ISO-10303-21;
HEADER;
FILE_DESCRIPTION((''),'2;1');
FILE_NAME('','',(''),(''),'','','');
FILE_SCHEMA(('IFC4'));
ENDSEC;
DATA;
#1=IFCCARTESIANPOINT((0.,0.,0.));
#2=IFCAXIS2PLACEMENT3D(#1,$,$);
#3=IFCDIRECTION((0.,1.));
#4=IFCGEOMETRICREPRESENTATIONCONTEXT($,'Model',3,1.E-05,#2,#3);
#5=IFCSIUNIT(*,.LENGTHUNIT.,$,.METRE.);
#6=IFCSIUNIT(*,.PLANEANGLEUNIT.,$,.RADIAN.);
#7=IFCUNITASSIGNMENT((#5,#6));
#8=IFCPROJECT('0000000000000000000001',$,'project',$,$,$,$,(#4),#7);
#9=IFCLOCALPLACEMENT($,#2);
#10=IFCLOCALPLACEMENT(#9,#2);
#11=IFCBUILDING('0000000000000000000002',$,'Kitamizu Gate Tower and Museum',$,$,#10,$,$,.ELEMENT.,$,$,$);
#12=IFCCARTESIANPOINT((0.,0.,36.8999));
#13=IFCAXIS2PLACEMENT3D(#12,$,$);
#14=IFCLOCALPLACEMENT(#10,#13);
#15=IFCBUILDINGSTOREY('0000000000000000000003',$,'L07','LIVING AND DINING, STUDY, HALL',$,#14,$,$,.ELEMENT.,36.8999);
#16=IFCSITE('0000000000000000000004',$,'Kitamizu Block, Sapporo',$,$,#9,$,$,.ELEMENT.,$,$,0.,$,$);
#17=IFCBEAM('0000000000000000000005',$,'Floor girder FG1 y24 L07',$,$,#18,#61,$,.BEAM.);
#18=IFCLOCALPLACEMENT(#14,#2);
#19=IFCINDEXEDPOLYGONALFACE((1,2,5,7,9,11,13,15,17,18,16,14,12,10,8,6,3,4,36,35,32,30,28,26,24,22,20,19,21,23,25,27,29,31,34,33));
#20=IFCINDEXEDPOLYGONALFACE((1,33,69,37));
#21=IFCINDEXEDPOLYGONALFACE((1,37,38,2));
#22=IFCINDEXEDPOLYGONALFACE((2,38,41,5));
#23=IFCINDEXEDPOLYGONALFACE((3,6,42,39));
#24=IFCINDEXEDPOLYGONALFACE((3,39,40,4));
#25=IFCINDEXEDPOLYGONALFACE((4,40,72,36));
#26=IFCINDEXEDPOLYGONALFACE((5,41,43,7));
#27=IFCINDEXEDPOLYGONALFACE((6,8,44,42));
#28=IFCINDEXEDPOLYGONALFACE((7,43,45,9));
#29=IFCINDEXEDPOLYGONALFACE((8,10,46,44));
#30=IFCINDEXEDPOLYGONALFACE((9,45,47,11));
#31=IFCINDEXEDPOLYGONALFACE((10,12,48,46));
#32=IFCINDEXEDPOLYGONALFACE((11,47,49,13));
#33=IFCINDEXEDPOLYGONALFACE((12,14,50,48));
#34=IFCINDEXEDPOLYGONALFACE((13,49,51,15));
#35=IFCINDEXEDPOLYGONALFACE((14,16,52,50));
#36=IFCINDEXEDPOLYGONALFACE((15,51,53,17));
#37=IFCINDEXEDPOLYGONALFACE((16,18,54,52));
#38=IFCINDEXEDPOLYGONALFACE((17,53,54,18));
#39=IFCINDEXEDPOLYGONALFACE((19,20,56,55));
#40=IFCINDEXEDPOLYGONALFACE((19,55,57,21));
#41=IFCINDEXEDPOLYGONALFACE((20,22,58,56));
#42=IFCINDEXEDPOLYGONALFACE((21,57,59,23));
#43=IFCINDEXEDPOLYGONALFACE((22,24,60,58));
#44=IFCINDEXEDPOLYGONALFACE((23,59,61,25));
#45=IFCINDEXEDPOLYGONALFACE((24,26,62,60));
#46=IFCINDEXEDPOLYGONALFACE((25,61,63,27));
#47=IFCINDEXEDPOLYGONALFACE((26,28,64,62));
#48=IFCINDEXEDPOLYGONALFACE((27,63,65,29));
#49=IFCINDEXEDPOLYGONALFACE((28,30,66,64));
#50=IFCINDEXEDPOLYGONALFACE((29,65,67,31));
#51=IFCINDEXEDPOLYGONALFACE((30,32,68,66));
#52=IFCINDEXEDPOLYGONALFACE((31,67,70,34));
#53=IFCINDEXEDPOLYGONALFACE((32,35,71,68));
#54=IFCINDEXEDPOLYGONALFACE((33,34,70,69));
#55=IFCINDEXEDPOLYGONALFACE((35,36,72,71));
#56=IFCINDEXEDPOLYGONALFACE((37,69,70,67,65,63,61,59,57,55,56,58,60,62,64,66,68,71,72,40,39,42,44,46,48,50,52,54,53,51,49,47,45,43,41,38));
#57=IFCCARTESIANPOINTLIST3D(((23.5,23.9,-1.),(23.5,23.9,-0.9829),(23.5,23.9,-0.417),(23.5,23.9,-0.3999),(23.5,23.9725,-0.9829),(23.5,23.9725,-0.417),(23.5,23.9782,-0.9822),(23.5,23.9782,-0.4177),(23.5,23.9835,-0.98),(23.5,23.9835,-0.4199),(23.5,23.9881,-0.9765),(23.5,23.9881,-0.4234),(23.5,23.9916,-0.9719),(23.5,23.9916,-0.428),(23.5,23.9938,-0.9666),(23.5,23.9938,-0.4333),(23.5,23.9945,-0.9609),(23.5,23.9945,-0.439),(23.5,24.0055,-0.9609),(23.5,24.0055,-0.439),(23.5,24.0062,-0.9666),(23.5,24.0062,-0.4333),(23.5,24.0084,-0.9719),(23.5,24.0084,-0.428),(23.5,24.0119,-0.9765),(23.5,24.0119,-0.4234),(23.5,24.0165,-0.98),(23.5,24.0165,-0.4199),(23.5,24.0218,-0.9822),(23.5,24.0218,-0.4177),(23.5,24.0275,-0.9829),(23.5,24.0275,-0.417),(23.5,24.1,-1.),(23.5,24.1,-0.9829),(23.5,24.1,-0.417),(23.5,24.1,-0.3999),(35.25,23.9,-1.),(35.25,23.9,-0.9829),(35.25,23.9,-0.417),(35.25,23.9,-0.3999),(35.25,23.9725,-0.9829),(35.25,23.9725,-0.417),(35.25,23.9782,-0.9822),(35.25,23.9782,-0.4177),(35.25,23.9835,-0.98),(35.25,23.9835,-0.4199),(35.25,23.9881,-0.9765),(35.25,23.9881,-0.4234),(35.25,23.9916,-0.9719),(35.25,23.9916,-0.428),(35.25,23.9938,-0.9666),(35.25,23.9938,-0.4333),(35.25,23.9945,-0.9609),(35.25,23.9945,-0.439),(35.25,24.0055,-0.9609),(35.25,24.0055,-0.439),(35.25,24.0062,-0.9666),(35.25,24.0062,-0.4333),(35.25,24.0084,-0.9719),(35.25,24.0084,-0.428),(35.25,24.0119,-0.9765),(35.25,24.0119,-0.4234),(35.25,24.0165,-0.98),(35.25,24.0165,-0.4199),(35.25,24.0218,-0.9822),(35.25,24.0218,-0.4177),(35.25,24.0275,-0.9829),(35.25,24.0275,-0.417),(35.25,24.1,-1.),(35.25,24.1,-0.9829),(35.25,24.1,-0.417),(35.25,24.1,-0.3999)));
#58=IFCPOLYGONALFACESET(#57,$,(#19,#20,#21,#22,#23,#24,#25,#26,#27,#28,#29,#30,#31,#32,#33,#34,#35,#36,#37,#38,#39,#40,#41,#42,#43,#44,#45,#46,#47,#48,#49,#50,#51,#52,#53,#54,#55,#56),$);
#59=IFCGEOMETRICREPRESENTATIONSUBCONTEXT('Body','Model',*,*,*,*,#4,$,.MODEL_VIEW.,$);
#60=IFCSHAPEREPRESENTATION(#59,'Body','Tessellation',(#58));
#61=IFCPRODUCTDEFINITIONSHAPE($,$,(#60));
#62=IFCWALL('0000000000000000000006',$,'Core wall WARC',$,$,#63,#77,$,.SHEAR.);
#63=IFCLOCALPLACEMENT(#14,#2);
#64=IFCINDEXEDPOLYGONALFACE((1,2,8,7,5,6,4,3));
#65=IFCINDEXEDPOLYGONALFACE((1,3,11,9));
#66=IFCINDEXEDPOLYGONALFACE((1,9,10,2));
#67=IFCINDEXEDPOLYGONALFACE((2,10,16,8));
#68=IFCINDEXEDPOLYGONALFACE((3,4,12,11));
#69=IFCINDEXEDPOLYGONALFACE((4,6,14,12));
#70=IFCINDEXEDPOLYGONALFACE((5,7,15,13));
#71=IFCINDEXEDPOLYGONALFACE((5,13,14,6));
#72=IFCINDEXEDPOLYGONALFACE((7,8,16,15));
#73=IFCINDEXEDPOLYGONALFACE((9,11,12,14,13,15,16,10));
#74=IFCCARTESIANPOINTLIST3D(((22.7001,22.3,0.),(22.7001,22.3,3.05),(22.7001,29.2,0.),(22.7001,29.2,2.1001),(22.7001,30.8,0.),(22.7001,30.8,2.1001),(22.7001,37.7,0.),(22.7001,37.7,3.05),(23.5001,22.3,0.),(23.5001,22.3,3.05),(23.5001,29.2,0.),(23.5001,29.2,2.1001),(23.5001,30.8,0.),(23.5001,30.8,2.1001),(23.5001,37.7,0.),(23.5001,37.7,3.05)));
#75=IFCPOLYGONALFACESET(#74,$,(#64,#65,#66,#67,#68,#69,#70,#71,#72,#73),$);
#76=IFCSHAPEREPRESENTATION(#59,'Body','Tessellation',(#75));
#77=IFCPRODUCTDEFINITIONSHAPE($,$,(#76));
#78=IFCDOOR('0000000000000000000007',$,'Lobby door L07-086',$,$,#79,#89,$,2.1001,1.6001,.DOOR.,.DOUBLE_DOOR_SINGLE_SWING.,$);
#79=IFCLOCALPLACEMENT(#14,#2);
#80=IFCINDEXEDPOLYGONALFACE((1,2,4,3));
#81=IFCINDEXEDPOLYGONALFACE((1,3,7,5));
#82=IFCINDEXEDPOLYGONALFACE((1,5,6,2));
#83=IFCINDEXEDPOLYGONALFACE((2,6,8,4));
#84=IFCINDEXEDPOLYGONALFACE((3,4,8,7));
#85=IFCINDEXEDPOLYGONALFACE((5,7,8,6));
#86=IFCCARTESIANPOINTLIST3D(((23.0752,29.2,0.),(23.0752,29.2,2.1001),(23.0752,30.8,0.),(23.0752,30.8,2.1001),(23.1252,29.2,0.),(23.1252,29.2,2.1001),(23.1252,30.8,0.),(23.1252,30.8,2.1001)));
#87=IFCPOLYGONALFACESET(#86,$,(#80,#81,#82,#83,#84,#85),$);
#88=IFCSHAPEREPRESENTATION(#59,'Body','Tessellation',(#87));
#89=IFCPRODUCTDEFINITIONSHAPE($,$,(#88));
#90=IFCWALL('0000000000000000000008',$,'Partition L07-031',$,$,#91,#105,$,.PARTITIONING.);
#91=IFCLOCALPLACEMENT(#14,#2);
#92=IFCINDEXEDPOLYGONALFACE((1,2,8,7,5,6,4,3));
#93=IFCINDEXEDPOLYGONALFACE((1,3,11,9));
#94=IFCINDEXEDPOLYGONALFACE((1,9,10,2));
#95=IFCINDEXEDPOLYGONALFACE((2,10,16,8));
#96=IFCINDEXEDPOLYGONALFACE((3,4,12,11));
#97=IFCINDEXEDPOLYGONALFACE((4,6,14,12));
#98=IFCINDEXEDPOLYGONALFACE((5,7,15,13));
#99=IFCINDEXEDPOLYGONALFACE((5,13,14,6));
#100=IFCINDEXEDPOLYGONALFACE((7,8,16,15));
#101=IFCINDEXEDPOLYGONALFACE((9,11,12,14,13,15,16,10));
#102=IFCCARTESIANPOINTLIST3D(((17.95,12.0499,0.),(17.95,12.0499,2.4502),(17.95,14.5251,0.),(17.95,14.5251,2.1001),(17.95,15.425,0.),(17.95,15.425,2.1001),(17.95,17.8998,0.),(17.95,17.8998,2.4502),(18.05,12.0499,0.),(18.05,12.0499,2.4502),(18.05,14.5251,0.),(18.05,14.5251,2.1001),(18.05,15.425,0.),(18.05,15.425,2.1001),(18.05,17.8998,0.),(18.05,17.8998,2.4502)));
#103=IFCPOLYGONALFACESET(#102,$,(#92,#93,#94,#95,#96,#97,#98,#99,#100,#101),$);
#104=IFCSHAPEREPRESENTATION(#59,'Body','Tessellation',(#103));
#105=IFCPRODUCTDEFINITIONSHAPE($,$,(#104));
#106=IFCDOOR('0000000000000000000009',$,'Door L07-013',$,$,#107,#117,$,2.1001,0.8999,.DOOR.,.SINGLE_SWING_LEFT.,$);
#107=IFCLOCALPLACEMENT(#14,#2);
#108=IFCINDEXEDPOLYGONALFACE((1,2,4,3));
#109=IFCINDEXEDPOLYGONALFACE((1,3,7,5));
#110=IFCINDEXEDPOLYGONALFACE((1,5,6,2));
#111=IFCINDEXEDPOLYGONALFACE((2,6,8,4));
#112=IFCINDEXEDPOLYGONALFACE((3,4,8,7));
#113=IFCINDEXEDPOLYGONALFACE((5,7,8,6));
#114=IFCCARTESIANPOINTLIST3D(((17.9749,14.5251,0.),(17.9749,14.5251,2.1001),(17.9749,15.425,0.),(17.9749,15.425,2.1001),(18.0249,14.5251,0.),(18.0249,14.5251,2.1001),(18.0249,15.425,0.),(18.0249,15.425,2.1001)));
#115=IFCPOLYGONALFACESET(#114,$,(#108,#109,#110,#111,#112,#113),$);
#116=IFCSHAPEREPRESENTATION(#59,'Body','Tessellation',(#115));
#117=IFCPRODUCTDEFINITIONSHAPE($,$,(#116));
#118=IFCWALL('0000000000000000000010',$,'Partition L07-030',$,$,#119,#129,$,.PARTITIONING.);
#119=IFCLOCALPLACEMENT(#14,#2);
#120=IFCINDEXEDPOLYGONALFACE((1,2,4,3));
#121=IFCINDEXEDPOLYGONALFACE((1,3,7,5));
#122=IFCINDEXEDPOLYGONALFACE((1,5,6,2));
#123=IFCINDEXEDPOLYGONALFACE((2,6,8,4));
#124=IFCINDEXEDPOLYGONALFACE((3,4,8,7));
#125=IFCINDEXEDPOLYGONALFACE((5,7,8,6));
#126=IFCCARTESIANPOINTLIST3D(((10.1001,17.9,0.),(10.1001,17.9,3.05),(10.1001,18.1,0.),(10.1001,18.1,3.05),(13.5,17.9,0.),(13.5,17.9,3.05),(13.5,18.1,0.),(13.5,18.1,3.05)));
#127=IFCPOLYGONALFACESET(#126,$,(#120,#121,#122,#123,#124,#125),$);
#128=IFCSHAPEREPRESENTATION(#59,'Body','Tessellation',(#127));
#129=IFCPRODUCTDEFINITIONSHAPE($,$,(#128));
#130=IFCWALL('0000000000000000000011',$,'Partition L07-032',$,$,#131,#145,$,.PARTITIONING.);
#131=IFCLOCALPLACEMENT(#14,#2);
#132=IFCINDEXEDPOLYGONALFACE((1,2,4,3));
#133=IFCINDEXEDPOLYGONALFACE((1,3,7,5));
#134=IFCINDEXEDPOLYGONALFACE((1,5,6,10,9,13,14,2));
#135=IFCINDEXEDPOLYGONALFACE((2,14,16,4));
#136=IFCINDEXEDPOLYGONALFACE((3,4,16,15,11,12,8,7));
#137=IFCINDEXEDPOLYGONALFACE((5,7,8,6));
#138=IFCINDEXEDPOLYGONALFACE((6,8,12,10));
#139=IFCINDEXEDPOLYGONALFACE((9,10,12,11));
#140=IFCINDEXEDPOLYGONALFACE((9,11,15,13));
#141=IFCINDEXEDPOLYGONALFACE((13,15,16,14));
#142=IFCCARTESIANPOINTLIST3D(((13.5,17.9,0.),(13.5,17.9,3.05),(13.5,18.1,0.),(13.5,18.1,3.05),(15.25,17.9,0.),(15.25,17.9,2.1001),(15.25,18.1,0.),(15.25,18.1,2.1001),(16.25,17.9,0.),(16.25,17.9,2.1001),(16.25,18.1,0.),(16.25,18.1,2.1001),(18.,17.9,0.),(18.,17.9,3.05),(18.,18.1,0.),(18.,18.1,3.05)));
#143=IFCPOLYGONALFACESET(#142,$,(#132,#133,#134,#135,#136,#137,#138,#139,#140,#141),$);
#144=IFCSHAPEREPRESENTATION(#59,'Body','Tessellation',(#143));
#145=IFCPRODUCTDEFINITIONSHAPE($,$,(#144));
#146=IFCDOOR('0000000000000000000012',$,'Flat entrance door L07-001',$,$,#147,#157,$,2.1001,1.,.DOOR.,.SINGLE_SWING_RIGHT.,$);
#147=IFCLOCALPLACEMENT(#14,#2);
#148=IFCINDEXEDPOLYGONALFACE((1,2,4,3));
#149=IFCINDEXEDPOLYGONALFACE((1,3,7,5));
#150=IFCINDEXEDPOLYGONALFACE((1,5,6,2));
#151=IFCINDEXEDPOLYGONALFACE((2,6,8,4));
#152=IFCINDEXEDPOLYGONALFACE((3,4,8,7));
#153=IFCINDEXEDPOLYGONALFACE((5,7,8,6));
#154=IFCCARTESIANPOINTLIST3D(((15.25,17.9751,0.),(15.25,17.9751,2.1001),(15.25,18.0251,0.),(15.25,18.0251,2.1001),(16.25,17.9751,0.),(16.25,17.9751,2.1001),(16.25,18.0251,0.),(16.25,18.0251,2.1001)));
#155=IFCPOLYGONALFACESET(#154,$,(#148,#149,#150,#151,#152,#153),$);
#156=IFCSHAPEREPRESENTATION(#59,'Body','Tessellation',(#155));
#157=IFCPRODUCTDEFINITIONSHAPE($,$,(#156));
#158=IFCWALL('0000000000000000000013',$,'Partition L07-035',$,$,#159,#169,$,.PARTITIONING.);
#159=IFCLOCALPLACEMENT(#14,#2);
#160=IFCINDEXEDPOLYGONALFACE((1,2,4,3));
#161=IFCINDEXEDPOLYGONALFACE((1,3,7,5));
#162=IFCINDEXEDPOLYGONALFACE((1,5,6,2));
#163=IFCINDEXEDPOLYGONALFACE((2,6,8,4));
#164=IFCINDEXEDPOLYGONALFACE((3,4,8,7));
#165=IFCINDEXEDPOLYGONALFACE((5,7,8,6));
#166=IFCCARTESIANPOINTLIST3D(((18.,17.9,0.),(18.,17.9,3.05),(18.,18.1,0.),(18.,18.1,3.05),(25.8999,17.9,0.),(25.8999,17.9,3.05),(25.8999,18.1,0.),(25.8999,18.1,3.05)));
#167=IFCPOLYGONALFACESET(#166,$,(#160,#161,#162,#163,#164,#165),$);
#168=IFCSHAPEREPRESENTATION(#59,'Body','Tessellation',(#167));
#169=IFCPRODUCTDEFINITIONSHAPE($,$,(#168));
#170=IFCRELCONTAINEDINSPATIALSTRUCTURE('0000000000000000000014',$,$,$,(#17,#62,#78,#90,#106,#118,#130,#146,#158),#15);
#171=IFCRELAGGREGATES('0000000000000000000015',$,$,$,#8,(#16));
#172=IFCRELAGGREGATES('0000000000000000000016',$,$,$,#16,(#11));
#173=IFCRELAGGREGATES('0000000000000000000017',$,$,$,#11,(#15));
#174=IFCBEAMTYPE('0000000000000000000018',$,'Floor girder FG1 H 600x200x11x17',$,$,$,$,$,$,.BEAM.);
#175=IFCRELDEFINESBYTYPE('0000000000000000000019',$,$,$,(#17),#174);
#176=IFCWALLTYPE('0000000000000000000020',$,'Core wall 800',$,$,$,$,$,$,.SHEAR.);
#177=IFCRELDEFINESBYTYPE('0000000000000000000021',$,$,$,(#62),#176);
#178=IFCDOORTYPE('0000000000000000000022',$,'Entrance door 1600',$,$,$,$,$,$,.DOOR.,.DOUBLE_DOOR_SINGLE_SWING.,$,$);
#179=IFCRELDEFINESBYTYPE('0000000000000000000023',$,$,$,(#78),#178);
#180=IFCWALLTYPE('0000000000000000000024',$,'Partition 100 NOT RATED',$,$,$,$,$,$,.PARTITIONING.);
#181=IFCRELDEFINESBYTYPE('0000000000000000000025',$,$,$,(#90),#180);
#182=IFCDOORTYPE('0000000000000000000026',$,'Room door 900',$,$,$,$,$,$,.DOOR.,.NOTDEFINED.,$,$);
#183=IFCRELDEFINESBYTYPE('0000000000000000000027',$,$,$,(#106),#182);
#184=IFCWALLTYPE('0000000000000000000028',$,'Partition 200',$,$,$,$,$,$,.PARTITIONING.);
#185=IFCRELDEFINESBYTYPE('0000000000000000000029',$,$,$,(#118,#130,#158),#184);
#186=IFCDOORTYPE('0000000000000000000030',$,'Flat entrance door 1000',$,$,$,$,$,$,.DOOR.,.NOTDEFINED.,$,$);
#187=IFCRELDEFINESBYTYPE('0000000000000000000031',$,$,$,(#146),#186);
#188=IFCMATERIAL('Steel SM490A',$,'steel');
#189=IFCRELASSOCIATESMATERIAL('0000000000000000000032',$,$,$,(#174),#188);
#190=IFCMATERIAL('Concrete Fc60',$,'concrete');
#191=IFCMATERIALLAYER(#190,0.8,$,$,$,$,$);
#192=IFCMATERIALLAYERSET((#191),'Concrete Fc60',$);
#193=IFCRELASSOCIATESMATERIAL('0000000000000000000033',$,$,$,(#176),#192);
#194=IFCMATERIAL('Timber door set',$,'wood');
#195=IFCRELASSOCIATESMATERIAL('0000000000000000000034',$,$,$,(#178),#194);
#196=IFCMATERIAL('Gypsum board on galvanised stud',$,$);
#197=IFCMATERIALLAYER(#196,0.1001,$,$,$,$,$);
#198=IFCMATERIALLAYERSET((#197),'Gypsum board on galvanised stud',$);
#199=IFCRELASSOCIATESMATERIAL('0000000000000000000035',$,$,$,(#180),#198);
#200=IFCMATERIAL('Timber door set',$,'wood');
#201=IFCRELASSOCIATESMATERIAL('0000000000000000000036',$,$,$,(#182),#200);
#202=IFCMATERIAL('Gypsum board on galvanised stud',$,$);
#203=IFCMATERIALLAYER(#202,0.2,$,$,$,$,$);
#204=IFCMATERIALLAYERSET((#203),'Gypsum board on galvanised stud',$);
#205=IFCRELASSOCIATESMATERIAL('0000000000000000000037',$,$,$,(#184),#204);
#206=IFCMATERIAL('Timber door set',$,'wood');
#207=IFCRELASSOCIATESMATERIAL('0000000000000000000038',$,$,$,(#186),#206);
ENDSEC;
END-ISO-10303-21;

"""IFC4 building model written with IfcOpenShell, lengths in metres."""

from ifc_helpers import new_model, si_unit, direction, frame, frame_2d, origin, origin_2d, place, context, subcontext, project, spatial, rectangle, i_section, extrude, material, layer, layer_set, material_profile, profile_set, type_object, element, fill, save


model = new_model("IFC4")

# Units and contexts
model_context = context("Model", 3, precision=1e-05, world=origin(), true_north=direction((0.0, 1.0)))
body_context = subcontext(model_context, "Body", "Model", "MODEL_VIEW")
ifc_project = project(units=[si_unit("LENGTHUNIT", "METRE"), si_unit("PLANEANGLEUNIT", "RADIAN")], contexts=[model_context])

# Site, building, storey
site_placement = place(None, origin())
site = spatial("IfcSite", under=ifc_project, at=site_placement, Name="Kitamizu Block, Sapporo", CompositionType="ELEMENT", RefElevation=0.0)
building_placement = place(site_placement, origin())
building = spatial("IfcBuilding", under=site, at=building_placement, Name="Kitamizu Gate Tower and Museum", CompositionType="ELEMENT")
storey_placement = place(building_placement, frame((0.0, 0.0, 36.8999)))
storey = spatial("IfcBuildingStorey", under=building, at=storey_placement, Name="L07", Description="LIVING AND DINING, STUDY, HALL", CompositionType="ELEMENT", Elevation=36.8999)

# Beam
ifc_material_1 = material(Name="Steel SM490A", Category="steel")
ifc_material_profile = material_profile(ifc_material_1, i_section(OverallWidth=0.2, OverallDepth=0.6001, WebThickness=0.011, FlangeThickness=0.0171, FilletRadius=0.022, at=origin_2d()), Name="H-600x200x11x17")
ifc_profile_set = profile_set([ifc_material_profile], Name="Steel SM490A")
beam_type = type_object("IfcBeamType", Name="Floor girder FG1 H 600x200x11x17", PredefinedType="BEAM", material=ifc_profile_set)
beam_placement = place(storey_placement, frame((23.5, 24.0, -0.7), z_axis=(1.0, 0.0, 0.0), x_axis=(0.0, 1.0, 0.0)))
element("IfcBeam", 1, at=beam_placement, inside=storey, type_object=beam_type, Name="Floor girder FG1 y24 L07", PredefinedType="BEAM", context=body_context, shape_type="SweptSolid", body=[
    extrude(i_section(OverallWidth=0.2, OverallDepth=0.6001, WebThickness=0.011, FlangeThickness=0.0171, FilletRadius=0.022, at=origin_2d()), origin(), (0.0, 0.0, 1.0), 11.75),
])

# Walls, openings, doors
ifc_material_2 = material(Name="Concrete Fc60", Category="concrete")
ifc_layer_1 = layer(ifc_material_2, 0.8)
ifc_layer_set_1 = layer_set([ifc_layer_1], Name="Concrete Fc60")
wall_type_1 = type_object("IfcWallType", Name="Core wall 800", PredefinedType="SHEAR", material=ifc_layer_set_1)
wall_1_placement = place(storey_placement, frame((23.1001, 22.3, 0.0), z_axis=(0.0, 0.0, 1.0), x_axis=(0.0, 1.0, 0.0)))
wall_1 = element("IfcWall", 2, at=wall_1_placement, inside=storey, type_object=wall_type_1, Name="Core wall WARC", PredefinedType="SHEAR", context=body_context, shape_type="SweptSolid", body=[
    extrude(rectangle(XDim=15.3999, YDim=0.8, at=frame_2d((7.7, 0.0))), origin(), (0.0, 0.0, 1.0), 3.05),
])
opening_1_placement = place(wall_1_placement, frame((6.8999, 0.0, 0.0)))
opening_1 = element("IfcOpeningElement", 3, at=opening_1_placement, cuts=wall_1, PredefinedType="OPENING", context=body_context, shape_type="SweptSolid", body=[
    extrude(rectangle(XDim=1.6001, YDim=2.1001, at=frame_2d((0.8, 1.05))), frame((0.0, 0.4102, 0.0), z_axis=(0.0, -1.0, 0.0), x_axis=(1.0, 0.0, 0.0)), (0.0, 0.0, 1.0), 0.8201),
])
ifc_material_3 = material(Name="Timber door set", Category="wood")
door_type_1 = type_object("IfcDoorType", Name="Entrance door 1600", OperationType="DOUBLE_DOOR_SINGLE_SWING", PredefinedType="DOOR", material=ifc_material_3)
door_1_placement = place(opening_1_placement, origin())
door_1 = element("IfcDoor", 4, at=door_1_placement, inside=storey, type_object=door_type_1, Name="Lobby door L07-086", OperationType="DOUBLE_DOOR_SINGLE_SWING", OverallHeight=2.1001, OverallWidth=1.6001, PredefinedType="DOOR", context=body_context, shape_type="SweptSolid", body=[
    extrude(rectangle(XDim=1.6001, YDim=2.1001, at=frame_2d((0.8, 1.05))), frame((0.0, 0.0249, 0.0), z_axis=(0.0, -1.0, 0.0), x_axis=(1.0, 0.0, 0.0)), (0.0, 0.0, 1.0), 0.05),
])
fill(opening_1, door_1)
ifc_material_4 = material(Name="Gypsum board on galvanised stud")
ifc_layer_2 = layer(ifc_material_4, 0.1001)
ifc_layer_set_2 = layer_set([ifc_layer_2], Name="Gypsum board on galvanised stud")
wall_type_2 = type_object("IfcWallType", Name="Partition 100 NOT RATED", PredefinedType="PARTITIONING", material=ifc_layer_set_2)
wall_2_placement = place(storey_placement, frame((18.0, 12.05, 0.0), z_axis=(0.0, 0.0, 1.0), x_axis=(0.0, 1.0, 0.0)))
wall_2 = element("IfcWall", 5, at=wall_2_placement, inside=storey, type_object=wall_type_2, Name="Partition L07-031", PredefinedType="PARTITIONING", context=body_context, shape_type="SweptSolid", body=[
    extrude(rectangle(XDim=5.8499, YDim=0.1001, at=frame_2d((2.9248, 0.0))), origin(), (0.0, 0.0, 1.0), 2.4502),
])
opening_2_placement = place(wall_2_placement, frame((2.4751, 0.0, 0.0)))
opening_2 = element("IfcOpeningElement", 6, at=opening_2_placement, cuts=wall_2, PredefinedType="OPENING", context=body_context, shape_type="SweptSolid", body=[
    extrude(rectangle(XDim=0.8999, YDim=2.1001, at=frame_2d((0.45, 1.05))), frame((0.0, 0.0601, 0.0), z_axis=(0.0, -1.0, 0.0), x_axis=(1.0, 0.0, 0.0)), (0.0, 0.0, 1.0), 0.1201),
])
ifc_material_5 = material(Name="Timber door set", Category="wood")
door_type_2 = type_object("IfcDoorType", Name="Room door 900", OperationType="NOTDEFINED", PredefinedType="DOOR", material=ifc_material_5)
door_2_placement = place(opening_2_placement, frame((0.8999, 0.0, 0.0), x_axis=(-1.0, 0.0, 0.0)))
door_2 = element("IfcDoor", 7, at=door_2_placement, inside=storey, type_object=door_type_2, Name="Door L07-013", OperationType="SINGLE_SWING_LEFT", OverallHeight=2.1001, OverallWidth=0.8999, PredefinedType="DOOR", context=body_context, shape_type="SweptSolid", body=[
    extrude(rectangle(XDim=0.8999, YDim=2.1001, at=frame_2d((0.45, 1.05))), frame((0.0, 0.0249, 0.0), z_axis=(0.0, -1.0, 0.0), x_axis=(1.0, 0.0, 0.0)), (0.0, 0.0, 1.0), 0.05),
])
fill(opening_2, door_2)

# Wall
ifc_material_6 = material(Name="Gypsum board on galvanised stud")
ifc_layer_3 = layer(ifc_material_6, 0.2)
ifc_layer_set_3 = layer_set([ifc_layer_3], Name="Gypsum board on galvanised stud")
wall_type_3 = type_object("IfcWallType", Name="Partition 200", PredefinedType="PARTITIONING", material=ifc_layer_set_3)
wall_3_placement = place(storey_placement, frame((13.5, 18.0, 0.0), z_axis=(0.0, 0.0, 1.0), x_axis=(-1.0, 0.0, 0.0)))
element("IfcWall", 8, at=wall_3_placement, inside=storey, type_object=wall_type_3, Name="Partition L07-030", PredefinedType="PARTITIONING", context=body_context, shape_type="SweptSolid", body=[
    extrude(rectangle(XDim=3.3999, YDim=0.2, at=frame_2d((1.7, 0.0))), origin(), (0.0, 0.0, 1.0), 3.05),
])

# Wall, opening, door
wall_4_placement = place(storey_placement, frame((18.0, 18.0, 0.0), z_axis=(0.0, 0.0, 1.0), x_axis=(-1.0, 0.0, 0.0)))
wall_4 = element("IfcWall", 9, at=wall_4_placement, inside=storey, type_object=wall_type_3, Name="Partition L07-032", PredefinedType="PARTITIONING", context=body_context, shape_type="SweptSolid", body=[
    extrude(rectangle(XDim=4.5, YDim=0.2, at=frame_2d((2.25, 0.0))), origin(), (0.0, 0.0, 1.0), 3.05),
])
opening_3_placement = place(wall_4_placement, frame((1.75, 0.0, 0.0)))
opening_3 = element("IfcOpeningElement", 10, at=opening_3_placement, cuts=wall_4, PredefinedType="OPENING", context=body_context, shape_type="SweptSolid", body=[
    extrude(rectangle(XDim=1.0, YDim=2.1001, at=frame_2d((0.5, 1.05))), frame((0.0, 0.1099, 0.0), z_axis=(0.0, -1.0, 0.0), x_axis=(1.0, 0.0, 0.0)), (0.0, 0.0, 1.0), 0.22),
])
ifc_material_7 = material(Name="Timber door set", Category="wood")
door_type_3 = type_object("IfcDoorType", Name="Flat entrance door 1000", OperationType="NOTDEFINED", PredefinedType="DOOR", material=ifc_material_7)
door_3_placement = place(opening_3_placement, origin())
door_3 = element("IfcDoor", 11, at=door_3_placement, inside=storey, type_object=door_type_3, Name="Flat entrance door L07-001", OperationType="SINGLE_SWING_RIGHT", OverallHeight=2.1001, OverallWidth=1.0, PredefinedType="DOOR", context=body_context, shape_type="SweptSolid", body=[
    extrude(rectangle(XDim=1.0, YDim=2.1001, at=frame_2d((0.5, 1.05))), frame((0.0, 0.0249, 0.0), z_axis=(0.0, -1.0, 0.0), x_axis=(1.0, 0.0, 0.0)), (0.0, 0.0, 1.0), 0.05),
])
fill(opening_3, door_3)

# Wall
wall_5_placement = place(storey_placement, frame((25.8999, 18.0, 0.0), z_axis=(0.0, 0.0, 1.0), x_axis=(-1.0, 0.0, 0.0)))
element("IfcWall", 12, at=wall_5_placement, inside=storey, type_object=wall_type_3, Name="Partition L07-035", PredefinedType="PARTITIONING", context=body_context, shape_type="SweptSolid", body=[
    extrude(rectangle(XDim=7.8999, YDim=0.2, at=frame_2d((3.95, 0.0))), origin(), (0.0, 0.0, 1.0), 3.05),
])

save(model, "model.ifc")
